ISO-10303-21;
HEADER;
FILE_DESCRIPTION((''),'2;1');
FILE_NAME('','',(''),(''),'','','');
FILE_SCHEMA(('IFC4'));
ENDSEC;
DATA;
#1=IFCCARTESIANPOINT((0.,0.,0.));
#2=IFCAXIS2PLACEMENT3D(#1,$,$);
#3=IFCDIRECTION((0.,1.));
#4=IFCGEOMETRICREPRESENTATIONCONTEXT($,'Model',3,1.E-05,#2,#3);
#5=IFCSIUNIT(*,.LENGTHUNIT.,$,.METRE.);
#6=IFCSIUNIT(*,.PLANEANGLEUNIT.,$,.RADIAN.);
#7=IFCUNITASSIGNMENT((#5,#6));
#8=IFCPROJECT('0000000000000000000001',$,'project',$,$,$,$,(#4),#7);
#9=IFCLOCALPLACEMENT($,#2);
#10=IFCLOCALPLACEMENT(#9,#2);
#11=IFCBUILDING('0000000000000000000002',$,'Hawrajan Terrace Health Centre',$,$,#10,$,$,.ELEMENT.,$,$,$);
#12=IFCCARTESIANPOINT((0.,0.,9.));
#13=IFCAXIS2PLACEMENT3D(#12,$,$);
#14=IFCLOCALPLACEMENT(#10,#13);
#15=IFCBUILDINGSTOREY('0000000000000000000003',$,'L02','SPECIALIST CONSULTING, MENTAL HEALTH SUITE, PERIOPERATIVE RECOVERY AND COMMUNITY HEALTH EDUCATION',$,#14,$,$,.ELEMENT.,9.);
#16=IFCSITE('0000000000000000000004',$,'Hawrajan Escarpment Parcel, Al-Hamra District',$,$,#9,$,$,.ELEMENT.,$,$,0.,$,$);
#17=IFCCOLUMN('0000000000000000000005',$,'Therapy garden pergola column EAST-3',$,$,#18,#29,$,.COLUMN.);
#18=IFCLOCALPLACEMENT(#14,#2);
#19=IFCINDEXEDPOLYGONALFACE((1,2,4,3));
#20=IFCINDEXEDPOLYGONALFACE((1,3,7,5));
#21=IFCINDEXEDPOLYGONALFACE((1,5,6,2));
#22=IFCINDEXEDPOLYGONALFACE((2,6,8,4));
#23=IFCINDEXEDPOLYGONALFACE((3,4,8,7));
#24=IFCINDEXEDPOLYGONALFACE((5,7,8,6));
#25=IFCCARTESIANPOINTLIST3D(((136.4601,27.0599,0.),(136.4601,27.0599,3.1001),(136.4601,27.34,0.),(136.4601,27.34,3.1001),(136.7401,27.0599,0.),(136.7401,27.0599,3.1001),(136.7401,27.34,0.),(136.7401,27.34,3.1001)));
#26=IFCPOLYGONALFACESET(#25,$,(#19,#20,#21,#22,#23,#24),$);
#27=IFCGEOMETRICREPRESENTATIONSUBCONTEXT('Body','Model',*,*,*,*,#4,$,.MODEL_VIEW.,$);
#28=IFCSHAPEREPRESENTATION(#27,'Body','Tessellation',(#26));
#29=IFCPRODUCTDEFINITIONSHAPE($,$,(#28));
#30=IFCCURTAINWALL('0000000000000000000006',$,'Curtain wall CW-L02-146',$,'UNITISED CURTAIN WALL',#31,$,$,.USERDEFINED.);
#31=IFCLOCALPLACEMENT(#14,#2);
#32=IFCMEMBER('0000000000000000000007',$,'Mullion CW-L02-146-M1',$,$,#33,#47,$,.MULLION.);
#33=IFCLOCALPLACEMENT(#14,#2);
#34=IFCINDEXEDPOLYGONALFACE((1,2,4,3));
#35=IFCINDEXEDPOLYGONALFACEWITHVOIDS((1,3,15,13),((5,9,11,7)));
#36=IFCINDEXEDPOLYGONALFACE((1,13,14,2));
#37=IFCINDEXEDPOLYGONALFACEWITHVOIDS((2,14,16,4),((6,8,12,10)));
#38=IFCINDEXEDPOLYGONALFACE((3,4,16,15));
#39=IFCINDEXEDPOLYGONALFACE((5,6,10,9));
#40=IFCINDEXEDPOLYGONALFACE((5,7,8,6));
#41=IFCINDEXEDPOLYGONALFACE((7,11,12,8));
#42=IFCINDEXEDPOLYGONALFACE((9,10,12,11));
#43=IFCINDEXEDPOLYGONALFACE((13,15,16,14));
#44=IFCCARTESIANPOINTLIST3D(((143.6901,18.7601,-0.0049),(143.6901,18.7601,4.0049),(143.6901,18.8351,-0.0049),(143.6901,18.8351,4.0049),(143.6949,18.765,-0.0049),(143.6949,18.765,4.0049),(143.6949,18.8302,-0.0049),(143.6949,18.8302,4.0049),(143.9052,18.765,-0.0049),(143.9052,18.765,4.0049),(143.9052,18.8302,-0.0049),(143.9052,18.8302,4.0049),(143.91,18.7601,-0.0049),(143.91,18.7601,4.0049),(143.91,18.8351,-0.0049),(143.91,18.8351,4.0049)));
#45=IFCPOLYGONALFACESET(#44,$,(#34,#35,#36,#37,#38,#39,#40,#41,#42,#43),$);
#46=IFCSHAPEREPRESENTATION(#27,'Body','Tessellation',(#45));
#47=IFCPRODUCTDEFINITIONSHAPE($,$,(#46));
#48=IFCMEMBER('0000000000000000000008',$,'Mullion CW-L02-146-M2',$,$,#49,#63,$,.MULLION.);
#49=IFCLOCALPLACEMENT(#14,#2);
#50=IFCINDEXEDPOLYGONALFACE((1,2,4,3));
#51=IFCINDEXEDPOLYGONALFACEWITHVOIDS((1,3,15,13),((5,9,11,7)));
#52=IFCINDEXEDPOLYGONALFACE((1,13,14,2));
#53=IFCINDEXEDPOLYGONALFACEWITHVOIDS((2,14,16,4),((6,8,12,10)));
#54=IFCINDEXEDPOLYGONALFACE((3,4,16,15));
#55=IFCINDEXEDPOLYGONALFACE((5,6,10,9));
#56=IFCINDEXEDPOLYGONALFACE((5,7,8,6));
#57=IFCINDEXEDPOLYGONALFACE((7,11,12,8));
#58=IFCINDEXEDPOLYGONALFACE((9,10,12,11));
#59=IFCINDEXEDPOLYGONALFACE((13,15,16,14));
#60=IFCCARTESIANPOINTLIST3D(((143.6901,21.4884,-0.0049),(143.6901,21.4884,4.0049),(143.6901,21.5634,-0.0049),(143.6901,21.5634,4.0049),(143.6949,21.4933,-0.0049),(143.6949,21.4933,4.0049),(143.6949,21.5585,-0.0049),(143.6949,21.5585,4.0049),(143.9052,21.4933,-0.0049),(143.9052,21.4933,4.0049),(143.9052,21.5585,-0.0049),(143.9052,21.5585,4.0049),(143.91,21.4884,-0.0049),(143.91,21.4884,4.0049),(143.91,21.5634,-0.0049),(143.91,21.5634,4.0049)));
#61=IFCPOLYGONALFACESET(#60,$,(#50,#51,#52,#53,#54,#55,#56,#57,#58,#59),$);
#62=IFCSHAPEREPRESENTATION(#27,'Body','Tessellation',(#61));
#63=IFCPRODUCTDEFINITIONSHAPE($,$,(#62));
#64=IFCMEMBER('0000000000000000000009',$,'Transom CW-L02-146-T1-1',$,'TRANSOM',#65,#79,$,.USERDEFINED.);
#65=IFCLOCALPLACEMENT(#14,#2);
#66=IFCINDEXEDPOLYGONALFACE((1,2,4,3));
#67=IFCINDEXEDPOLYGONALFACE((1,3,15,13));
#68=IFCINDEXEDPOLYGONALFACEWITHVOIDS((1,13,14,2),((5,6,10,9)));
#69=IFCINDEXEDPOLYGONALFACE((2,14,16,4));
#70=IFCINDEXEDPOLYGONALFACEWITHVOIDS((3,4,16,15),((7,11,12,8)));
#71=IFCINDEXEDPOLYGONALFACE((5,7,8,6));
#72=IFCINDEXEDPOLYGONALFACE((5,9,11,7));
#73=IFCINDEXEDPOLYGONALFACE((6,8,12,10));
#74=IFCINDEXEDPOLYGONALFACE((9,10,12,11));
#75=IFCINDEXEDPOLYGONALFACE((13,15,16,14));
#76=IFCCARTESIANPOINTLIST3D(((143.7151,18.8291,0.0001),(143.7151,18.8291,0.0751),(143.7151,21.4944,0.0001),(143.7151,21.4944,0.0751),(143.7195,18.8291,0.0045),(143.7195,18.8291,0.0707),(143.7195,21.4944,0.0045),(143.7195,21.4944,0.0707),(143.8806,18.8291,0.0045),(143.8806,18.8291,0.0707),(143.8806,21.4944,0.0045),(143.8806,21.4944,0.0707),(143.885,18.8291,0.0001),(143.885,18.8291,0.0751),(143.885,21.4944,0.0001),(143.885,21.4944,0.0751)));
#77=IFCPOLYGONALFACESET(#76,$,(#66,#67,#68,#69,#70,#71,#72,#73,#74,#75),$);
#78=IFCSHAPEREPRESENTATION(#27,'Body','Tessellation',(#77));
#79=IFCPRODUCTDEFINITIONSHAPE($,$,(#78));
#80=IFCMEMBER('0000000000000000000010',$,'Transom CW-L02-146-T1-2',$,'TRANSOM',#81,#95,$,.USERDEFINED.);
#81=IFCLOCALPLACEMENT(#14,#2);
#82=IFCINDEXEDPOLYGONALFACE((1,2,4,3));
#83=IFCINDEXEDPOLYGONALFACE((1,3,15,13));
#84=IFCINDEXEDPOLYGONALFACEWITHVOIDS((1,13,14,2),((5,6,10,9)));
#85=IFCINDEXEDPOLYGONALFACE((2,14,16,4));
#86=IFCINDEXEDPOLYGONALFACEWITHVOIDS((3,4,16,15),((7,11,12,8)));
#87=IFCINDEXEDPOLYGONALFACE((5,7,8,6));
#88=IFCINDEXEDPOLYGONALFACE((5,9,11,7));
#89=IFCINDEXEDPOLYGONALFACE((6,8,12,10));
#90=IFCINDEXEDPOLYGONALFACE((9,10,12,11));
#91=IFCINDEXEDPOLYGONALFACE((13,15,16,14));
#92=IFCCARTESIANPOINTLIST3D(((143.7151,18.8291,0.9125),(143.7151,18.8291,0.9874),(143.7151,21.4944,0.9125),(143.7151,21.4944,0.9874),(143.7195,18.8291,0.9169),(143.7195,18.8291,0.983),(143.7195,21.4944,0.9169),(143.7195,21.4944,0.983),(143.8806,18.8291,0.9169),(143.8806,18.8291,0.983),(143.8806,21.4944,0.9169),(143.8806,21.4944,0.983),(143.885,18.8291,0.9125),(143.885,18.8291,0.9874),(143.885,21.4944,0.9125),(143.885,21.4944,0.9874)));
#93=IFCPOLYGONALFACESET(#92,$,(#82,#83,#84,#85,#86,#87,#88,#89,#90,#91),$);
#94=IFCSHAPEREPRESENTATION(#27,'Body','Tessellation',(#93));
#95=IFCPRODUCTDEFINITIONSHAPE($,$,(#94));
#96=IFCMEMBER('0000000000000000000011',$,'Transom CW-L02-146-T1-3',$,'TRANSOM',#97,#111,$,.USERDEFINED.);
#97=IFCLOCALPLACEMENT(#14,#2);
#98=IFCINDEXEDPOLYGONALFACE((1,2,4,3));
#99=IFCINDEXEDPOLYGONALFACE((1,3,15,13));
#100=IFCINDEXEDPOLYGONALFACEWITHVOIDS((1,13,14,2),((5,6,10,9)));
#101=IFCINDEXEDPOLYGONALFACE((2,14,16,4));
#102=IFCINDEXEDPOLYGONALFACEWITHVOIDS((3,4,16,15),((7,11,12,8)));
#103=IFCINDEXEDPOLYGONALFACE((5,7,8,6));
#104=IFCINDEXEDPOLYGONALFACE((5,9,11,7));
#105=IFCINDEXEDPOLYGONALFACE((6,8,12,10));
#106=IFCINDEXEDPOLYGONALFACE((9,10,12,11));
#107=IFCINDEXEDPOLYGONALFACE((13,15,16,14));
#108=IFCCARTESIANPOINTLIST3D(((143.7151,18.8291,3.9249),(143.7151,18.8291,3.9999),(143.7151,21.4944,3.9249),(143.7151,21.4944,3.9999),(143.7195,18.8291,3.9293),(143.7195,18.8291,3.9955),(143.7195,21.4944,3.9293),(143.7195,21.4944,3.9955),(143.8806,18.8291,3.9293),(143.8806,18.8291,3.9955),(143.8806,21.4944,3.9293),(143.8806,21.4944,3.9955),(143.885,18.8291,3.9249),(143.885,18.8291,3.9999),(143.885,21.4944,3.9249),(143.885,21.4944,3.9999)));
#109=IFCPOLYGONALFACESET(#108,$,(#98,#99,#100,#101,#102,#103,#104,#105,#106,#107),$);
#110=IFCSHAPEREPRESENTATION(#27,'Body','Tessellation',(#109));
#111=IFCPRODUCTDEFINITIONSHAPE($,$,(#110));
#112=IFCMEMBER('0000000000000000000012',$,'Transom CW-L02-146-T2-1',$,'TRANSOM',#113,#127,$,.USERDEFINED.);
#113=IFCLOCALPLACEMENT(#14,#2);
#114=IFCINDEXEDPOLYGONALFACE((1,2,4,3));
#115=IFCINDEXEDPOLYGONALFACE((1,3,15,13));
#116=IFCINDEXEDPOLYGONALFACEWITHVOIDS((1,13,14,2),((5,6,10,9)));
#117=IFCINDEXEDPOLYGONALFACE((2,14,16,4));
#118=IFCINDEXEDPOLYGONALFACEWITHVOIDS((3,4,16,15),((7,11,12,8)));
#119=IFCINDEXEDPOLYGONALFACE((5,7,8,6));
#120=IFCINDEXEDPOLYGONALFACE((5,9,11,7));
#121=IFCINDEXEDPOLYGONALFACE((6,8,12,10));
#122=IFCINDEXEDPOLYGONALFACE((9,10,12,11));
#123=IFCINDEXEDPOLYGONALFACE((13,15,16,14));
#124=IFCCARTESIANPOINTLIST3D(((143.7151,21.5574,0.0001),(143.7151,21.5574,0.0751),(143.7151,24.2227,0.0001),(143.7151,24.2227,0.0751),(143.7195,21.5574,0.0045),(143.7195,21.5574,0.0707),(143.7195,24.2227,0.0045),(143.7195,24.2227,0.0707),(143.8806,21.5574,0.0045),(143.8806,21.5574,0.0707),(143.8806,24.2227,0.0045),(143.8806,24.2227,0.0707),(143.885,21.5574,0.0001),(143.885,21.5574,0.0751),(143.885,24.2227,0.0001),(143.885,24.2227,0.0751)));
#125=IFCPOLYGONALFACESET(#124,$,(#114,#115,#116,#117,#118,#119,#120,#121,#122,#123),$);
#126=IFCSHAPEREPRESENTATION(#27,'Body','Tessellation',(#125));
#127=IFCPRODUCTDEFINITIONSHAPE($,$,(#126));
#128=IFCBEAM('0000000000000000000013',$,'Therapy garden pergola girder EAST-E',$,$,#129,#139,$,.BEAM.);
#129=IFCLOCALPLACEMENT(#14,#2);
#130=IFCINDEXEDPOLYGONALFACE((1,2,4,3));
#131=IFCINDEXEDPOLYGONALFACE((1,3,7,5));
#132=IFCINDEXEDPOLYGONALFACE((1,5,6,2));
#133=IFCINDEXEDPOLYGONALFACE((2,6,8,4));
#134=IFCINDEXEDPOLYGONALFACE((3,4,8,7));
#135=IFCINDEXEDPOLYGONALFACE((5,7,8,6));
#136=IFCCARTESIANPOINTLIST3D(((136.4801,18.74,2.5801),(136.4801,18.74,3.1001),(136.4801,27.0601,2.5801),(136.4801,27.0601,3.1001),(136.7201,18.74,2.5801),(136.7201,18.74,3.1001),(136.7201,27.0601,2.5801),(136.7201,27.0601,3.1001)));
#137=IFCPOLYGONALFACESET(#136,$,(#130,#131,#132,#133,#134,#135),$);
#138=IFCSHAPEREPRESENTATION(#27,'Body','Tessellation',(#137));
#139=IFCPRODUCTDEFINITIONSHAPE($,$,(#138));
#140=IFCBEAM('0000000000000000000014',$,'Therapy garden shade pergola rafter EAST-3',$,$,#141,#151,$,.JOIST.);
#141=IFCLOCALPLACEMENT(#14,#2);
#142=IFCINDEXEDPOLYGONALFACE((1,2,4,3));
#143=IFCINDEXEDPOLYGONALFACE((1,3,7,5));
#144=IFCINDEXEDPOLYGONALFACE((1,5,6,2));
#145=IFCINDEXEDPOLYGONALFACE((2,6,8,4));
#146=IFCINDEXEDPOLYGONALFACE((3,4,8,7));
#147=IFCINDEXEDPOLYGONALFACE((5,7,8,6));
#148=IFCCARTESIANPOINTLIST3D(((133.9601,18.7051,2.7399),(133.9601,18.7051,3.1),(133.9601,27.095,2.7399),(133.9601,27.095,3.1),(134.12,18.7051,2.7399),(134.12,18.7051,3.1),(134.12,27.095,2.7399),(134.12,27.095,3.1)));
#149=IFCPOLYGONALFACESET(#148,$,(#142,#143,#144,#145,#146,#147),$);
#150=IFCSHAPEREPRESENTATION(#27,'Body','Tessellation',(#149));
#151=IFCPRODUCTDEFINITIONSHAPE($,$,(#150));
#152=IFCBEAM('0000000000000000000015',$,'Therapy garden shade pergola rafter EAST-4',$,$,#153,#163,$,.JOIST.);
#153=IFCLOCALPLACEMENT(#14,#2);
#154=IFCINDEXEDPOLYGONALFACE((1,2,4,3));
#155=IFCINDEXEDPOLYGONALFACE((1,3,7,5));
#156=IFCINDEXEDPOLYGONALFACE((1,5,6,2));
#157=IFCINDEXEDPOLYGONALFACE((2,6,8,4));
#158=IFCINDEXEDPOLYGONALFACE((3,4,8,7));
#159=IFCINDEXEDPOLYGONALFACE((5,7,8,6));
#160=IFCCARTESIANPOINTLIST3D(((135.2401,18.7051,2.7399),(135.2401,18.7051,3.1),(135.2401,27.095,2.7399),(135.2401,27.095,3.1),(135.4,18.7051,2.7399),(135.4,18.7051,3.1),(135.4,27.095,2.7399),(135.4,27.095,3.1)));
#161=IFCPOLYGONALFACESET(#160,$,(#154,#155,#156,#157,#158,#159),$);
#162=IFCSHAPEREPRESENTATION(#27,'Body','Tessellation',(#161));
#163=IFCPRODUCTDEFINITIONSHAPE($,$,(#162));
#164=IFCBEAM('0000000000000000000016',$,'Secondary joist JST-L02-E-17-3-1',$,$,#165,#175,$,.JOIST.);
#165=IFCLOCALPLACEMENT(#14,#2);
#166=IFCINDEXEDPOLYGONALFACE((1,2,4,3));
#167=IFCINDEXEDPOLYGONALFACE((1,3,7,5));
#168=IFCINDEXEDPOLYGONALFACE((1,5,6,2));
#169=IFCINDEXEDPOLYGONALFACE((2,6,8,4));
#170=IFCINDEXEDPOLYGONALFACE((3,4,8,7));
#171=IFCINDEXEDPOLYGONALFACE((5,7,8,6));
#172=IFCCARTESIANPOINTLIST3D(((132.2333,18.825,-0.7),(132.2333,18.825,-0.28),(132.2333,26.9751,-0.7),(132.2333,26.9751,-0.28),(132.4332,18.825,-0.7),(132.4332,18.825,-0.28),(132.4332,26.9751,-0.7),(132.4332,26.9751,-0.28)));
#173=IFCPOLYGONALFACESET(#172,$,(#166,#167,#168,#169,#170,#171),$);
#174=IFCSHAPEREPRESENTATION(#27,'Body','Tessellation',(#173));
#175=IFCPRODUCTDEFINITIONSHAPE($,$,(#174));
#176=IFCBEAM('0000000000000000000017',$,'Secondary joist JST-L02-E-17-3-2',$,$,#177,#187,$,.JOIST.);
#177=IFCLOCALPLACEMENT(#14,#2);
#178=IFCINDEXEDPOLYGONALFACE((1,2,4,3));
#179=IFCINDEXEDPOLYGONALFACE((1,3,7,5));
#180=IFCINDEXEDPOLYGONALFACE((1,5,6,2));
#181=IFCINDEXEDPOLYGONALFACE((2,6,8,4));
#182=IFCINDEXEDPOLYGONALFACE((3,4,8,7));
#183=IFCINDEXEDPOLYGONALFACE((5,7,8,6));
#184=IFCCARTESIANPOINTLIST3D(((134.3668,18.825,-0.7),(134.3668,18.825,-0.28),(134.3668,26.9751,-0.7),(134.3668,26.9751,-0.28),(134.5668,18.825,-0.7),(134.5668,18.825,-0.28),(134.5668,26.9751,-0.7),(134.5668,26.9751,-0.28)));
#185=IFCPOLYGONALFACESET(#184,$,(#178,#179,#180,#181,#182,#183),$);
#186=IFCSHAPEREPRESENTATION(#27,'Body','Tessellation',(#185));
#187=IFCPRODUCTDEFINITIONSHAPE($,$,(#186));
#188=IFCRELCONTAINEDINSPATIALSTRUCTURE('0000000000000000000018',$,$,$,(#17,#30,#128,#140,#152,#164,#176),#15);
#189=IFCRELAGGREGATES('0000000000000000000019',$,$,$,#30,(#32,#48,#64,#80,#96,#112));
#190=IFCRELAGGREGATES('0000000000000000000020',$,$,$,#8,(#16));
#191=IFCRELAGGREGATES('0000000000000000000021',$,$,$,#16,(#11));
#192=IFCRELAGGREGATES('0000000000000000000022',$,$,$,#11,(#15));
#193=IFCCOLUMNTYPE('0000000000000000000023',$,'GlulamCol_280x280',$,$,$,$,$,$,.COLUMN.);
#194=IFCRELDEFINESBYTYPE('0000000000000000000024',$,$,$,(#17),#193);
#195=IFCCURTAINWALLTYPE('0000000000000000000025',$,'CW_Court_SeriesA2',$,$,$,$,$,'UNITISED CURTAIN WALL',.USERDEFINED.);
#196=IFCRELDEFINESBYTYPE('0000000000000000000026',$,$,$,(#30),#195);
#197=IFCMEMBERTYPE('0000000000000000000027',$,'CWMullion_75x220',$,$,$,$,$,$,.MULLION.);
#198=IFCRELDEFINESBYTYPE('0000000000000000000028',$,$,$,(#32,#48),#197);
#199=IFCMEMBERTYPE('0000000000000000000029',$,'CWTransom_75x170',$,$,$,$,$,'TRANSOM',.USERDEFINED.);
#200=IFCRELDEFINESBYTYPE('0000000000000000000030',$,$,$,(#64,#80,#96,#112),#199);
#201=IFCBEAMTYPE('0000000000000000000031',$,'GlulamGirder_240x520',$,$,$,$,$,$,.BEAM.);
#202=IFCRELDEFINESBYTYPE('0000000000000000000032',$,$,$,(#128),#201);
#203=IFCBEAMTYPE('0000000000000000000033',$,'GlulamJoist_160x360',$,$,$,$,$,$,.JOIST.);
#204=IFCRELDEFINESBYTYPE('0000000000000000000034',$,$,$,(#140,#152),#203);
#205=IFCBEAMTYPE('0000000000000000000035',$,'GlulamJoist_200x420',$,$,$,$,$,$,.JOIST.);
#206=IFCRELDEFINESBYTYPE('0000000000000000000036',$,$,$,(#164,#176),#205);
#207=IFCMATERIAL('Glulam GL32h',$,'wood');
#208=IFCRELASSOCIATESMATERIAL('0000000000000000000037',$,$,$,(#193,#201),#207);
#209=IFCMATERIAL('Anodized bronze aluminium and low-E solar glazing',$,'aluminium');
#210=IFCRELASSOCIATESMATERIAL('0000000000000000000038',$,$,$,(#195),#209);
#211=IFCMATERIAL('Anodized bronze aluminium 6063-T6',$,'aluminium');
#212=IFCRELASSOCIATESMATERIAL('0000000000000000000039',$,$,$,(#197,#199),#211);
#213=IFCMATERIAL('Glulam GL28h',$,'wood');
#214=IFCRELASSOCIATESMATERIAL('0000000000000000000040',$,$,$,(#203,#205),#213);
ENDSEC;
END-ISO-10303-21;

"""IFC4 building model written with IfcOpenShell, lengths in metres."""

from ifc_helpers import new_model, si_unit, direction, frame, origin, origin_2d, place, context, subcontext, project, spatial, rectangle, hollow_rectangle, extrude, material, material_profile, profile_set, type_object, element, aggregate, save


model = new_model("IFC4")

# Units and contexts
model_context = context("Model", 3, precision=1e-05, world=origin(), true_north=direction((0.0, 1.0)))
body_context = subcontext(model_context, "Body", "Model", "MODEL_VIEW")
ifc_project = project(units=[si_unit("LENGTHUNIT", "METRE"), si_unit("PLANEANGLEUNIT", "RADIAN")], contexts=[model_context])

# Site, building, storey
site_placement = place(None, origin())
site = spatial("IfcSite", under=ifc_project, at=site_placement, Name="Hawrajan Escarpment Parcel, Al-Hamra District", CompositionType="ELEMENT", RefElevation=0.0)
building_placement = place(site_placement, origin())
building = spatial("IfcBuilding", under=site, at=building_placement, Name="Hawrajan Terrace Health Centre", CompositionType="ELEMENT")
storey_placement = place(building_placement, frame((0.0, 0.0, 9.0)))
storey = spatial("IfcBuildingStorey", under=building, at=storey_placement, Name="L02", Description="SPECIALIST CONSULTING, MENTAL HEALTH SUITE, PERIOPERATIVE RECOVERY AND COMMUNITY HEALTH EDUCATION", CompositionType="ELEMENT", Elevation=9.0)

# Column
ifc_material_1 = material(Name="Glulam GL32h", Category="wood")
ifc_material_profile_1 = material_profile(ifc_material_1, rectangle(XDim=0.28, YDim=0.28, at=origin_2d()), Name="GL 280x280")
ifc_profile_set_1 = profile_set([ifc_material_profile_1], Name="Glulam GL32h")
column_type = type_object("IfcColumnType", Name="GlulamCol_280x280", PredefinedType="COLUMN", material=ifc_profile_set_1)
column_placement = place(storey_placement, frame((136.6001, 27.2, 0.0), z_axis=(0.0, 0.0, 1.0), x_axis=(1.0, 0.0, 0.0)))
element("IfcColumn", 1, at=column_placement, inside=storey, type_object=column_type, Name="Therapy garden pergola column EAST-3", PredefinedType="COLUMN", context=body_context, shape_type="SweptSolid", body=[
    extrude(rectangle(XDim=0.28, YDim=0.28, at=origin_2d()), origin(), (0.0, 0.0, 1.0), 3.1001),
])

# Curtain wall, members
ifc_material_2 = material(Name="Anodized bronze aluminium and low-E solar glazing", Category="aluminium")
curtain_wall_type = type_object("IfcCurtainWallType", Name="CW_Court_SeriesA2", ElementType="UNITISED CURTAIN WALL", PredefinedType="USERDEFINED", material=ifc_material_2)
curtain_wall_placement = place(storey_placement, origin())
curtain_wall = element("IfcCurtainWall", 2, at=curtain_wall_placement, inside=storey, type_object=curtain_wall_type, Name="Curtain wall CW-L02-146", ObjectType="UNITISED CURTAIN WALL", PredefinedType="USERDEFINED")
ifc_material_3 = material(Name="Anodized bronze aluminium 6063-T6", Category="aluminium")
ifc_material_profile_2 = material_profile(ifc_material_3, hollow_rectangle(XDim=0.075, YDim=0.22, WallThickness=0.0049, at=origin_2d()), Name="CW MUL 75x220")
ifc_profile_set_2 = profile_set([ifc_material_profile_2], Name="Anodized bronze aluminium 6063-T6")
member_type_1 = type_object("IfcMemberType", Name="CWMullion_75x220", PredefinedType="MULLION", material=ifc_profile_set_2)
member_1_placement = place(storey_placement, frame((143.8, 18.7976, -0.0049), z_axis=(0.0, 0.0, 1.0), x_axis=(0.0, 1.0, 0.0)))
member_1 = element("IfcMember", 3, at=member_1_placement, type_object=member_type_1, Name="Mullion CW-L02-146-M1", PredefinedType="MULLION", context=body_context, shape_type="SweptSolid", body=[
    extrude(hollow_rectangle(XDim=0.075, YDim=0.22, WallThickness=0.0049, at=origin_2d()), origin(), (0.0, 0.0, 1.0), 4.0098),
])
member_2_placement = place(storey_placement, frame((143.8, 21.5259, -0.0049), z_axis=(0.0, 0.0, 1.0), x_axis=(0.0, 1.0, 0.0)))
member_2 = element("IfcMember", 4, at=member_2_placement, type_object=member_type_1, Name="Mullion CW-L02-146-M2", PredefinedType="MULLION", context=body_context, shape_type="SweptSolid", body=[
    extrude(hollow_rectangle(XDim=0.075, YDim=0.22, WallThickness=0.0049, at=origin_2d()), origin(), (0.0, 0.0, 1.0), 4.0098),
])
ifc_material_profile_3 = material_profile(ifc_material_3, hollow_rectangle(XDim=0.075, YDim=0.1699, WallThickness=0.0044, at=origin_2d()), Name="CW TRN 75x170")
ifc_profile_set_3 = profile_set([ifc_material_profile_3], Name="Anodized bronze aluminium 6063-T6")
member_type_2 = type_object("IfcMemberType", Name="CWTransom_75x170", ElementType="TRANSOM", PredefinedType="USERDEFINED", material=ifc_profile_set_3)
member_3_placement = place(storey_placement, frame((143.8, 18.8291, 0.0376), z_axis=(0.0, 1.0, 0.0), x_axis=(0.0, 0.0, 1.0)))
member_3 = element("IfcMember", 5, at=member_3_placement, type_object=member_type_2, Name="Transom CW-L02-146-T1-1", ObjectType="TRANSOM", PredefinedType="USERDEFINED", context=body_context, shape_type="SweptSolid", body=[
    extrude(hollow_rectangle(XDim=0.075, YDim=0.1699, WallThickness=0.0044, at=origin_2d()), origin(), (0.0, 0.0, 1.0), 2.6653),
])
member_4_placement = place(storey_placement, frame((143.8, 18.8291, 0.95), z_axis=(0.0, 1.0, 0.0), x_axis=(0.0, 0.0, 1.0)))
member_4 = element("IfcMember", 6, at=member_4_placement, type_object=member_type_2, Name="Transom CW-L02-146-T1-2", ObjectType="TRANSOM", PredefinedType="USERDEFINED", context=body_context, shape_type="SweptSolid", body=[
    extrude(hollow_rectangle(XDim=0.075, YDim=0.1699, WallThickness=0.0044, at=origin_2d()), origin(), (0.0, 0.0, 1.0), 2.6653),
])
member_5_placement = place(storey_placement, frame((143.8, 18.8291, 3.9624), z_axis=(0.0, 1.0, 0.0), x_axis=(0.0, 0.0, 1.0)))
member_5 = element("IfcMember", 7, at=member_5_placement, type_object=member_type_2, Name="Transom CW-L02-146-T1-3", ObjectType="TRANSOM", PredefinedType="USERDEFINED", context=body_context, shape_type="SweptSolid", body=[
    extrude(hollow_rectangle(XDim=0.075, YDim=0.1699, WallThickness=0.0044, at=origin_2d()), origin(), (0.0, 0.0, 1.0), 2.6653),
])
member_6_placement = place(storey_placement, frame((143.8, 21.5574, 0.0376), z_axis=(0.0, 1.0, 0.0), x_axis=(0.0, 0.0, 1.0)))
member_6 = element("IfcMember", 8, at=member_6_placement, type_object=member_type_2, Name="Transom CW-L02-146-T2-1", ObjectType="TRANSOM", PredefinedType="USERDEFINED", context=body_context, shape_type="SweptSolid", body=[
    extrude(hollow_rectangle(XDim=0.075, YDim=0.1699, WallThickness=0.0044, at=origin_2d()), origin(), (0.0, 0.0, 1.0), 2.6653),
])

# Beams
ifc_material_profile_4 = material_profile(ifc_material_1, rectangle(XDim=0.24, YDim=0.52, at=origin_2d()), Name="GL BM 240x520")
ifc_profile_set_4 = profile_set([ifc_material_profile_4], Name="Glulam GL32h")
beam_type_1 = type_object("IfcBeamType", Name="GlulamGirder_240x520", PredefinedType="BEAM", material=ifc_profile_set_4)
beam_1_placement = place(storey_placement, frame((136.6001, 18.74, 2.8401), z_axis=(0.0, 1.0, 0.0), x_axis=(-1.0, 0.0, 0.0)))
element("IfcBeam", 9, at=beam_1_placement, inside=storey, type_object=beam_type_1, Name="Therapy garden pergola girder EAST-E", PredefinedType="BEAM", context=body_context, shape_type="SweptSolid", body=[
    extrude(rectangle(XDim=0.24, YDim=0.52, at=origin_2d()), origin(), (0.0, 0.0, 1.0), 8.3201),
])
ifc_material_4 = material(Name="Glulam GL28h", Category="wood")
ifc_material_profile_5 = material_profile(ifc_material_4, rectangle(XDim=0.1599, YDim=0.3601, at=origin_2d()), Name="GL JST 160x360")
ifc_profile_set_5 = profile_set([ifc_material_profile_5], Name="Glulam GL28h")
beam_type_2 = type_object("IfcBeamType", Name="GlulamJoist_160x360", PredefinedType="JOIST", material=ifc_profile_set_5)
for number, where, z_axis, x_axis, name in (
    (10, (134.04, 18.7051, 2.9199), (0.0, 1.0, 0.0), (-1.0, 0.0, 0.0), "Therapy garden shade pergola rafter EAST-3"),
    (11, (135.3201, 18.7051, 2.9199), (0.0, 1.0, 0.0), (-1.0, 0.0, 0.0), "Therapy garden shade pergola rafter EAST-4"),
):
    element("IfcBeam", number, at=place(storey_placement, frame(where, z_axis=z_axis, x_axis=x_axis)), inside=storey, type_object=beam_type_2, Name=name, PredefinedType="JOIST", context=body_context, shape_type="SweptSolid", body=[
        extrude(rectangle(XDim=0.1599, YDim=0.3601, at=origin_2d()), origin(), (0.0, 0.0, 1.0), 8.3899),
    ])
ifc_material_profile_6 = material_profile(ifc_material_4, rectangle(XDim=0.2, YDim=0.4199, at=origin_2d()), Name="GL JST 200x420")
ifc_profile_set_6 = profile_set([ifc_material_profile_6], Name="Glulam GL28h")
beam_type_3 = type_object("IfcBeamType", Name="GlulamJoist_200x420", PredefinedType="JOIST", material=ifc_profile_set_6)
for number, where, z_axis, x_axis, name in (
    (12, (132.3333, 18.825, -0.49), (0.0, 1.0, 0.0), (-1.0, 0.0, 0.0), "Secondary joist JST-L02-E-17-3-1"),
    (13, (134.4668, 18.825, -0.49), (0.0, 1.0, 0.0), (-1.0, 0.0, 0.0), "Secondary joist JST-L02-E-17-3-2"),
):
    element("IfcBeam", number, at=place(storey_placement, frame(where, z_axis=z_axis, x_axis=x_axis)), inside=storey, type_object=beam_type_3, Name=name, PredefinedType="JOIST", context=body_context, shape_type="SweptSolid", body=[
        extrude(rectangle(XDim=0.2, YDim=0.4199, at=origin_2d()), origin(), (0.0, 0.0, 1.0), 8.1501),
    ])

aggregate(curtain_wall, [member_1, member_2, member_3, member_4, member_5, member_6])

save(model, "model.ifc")
